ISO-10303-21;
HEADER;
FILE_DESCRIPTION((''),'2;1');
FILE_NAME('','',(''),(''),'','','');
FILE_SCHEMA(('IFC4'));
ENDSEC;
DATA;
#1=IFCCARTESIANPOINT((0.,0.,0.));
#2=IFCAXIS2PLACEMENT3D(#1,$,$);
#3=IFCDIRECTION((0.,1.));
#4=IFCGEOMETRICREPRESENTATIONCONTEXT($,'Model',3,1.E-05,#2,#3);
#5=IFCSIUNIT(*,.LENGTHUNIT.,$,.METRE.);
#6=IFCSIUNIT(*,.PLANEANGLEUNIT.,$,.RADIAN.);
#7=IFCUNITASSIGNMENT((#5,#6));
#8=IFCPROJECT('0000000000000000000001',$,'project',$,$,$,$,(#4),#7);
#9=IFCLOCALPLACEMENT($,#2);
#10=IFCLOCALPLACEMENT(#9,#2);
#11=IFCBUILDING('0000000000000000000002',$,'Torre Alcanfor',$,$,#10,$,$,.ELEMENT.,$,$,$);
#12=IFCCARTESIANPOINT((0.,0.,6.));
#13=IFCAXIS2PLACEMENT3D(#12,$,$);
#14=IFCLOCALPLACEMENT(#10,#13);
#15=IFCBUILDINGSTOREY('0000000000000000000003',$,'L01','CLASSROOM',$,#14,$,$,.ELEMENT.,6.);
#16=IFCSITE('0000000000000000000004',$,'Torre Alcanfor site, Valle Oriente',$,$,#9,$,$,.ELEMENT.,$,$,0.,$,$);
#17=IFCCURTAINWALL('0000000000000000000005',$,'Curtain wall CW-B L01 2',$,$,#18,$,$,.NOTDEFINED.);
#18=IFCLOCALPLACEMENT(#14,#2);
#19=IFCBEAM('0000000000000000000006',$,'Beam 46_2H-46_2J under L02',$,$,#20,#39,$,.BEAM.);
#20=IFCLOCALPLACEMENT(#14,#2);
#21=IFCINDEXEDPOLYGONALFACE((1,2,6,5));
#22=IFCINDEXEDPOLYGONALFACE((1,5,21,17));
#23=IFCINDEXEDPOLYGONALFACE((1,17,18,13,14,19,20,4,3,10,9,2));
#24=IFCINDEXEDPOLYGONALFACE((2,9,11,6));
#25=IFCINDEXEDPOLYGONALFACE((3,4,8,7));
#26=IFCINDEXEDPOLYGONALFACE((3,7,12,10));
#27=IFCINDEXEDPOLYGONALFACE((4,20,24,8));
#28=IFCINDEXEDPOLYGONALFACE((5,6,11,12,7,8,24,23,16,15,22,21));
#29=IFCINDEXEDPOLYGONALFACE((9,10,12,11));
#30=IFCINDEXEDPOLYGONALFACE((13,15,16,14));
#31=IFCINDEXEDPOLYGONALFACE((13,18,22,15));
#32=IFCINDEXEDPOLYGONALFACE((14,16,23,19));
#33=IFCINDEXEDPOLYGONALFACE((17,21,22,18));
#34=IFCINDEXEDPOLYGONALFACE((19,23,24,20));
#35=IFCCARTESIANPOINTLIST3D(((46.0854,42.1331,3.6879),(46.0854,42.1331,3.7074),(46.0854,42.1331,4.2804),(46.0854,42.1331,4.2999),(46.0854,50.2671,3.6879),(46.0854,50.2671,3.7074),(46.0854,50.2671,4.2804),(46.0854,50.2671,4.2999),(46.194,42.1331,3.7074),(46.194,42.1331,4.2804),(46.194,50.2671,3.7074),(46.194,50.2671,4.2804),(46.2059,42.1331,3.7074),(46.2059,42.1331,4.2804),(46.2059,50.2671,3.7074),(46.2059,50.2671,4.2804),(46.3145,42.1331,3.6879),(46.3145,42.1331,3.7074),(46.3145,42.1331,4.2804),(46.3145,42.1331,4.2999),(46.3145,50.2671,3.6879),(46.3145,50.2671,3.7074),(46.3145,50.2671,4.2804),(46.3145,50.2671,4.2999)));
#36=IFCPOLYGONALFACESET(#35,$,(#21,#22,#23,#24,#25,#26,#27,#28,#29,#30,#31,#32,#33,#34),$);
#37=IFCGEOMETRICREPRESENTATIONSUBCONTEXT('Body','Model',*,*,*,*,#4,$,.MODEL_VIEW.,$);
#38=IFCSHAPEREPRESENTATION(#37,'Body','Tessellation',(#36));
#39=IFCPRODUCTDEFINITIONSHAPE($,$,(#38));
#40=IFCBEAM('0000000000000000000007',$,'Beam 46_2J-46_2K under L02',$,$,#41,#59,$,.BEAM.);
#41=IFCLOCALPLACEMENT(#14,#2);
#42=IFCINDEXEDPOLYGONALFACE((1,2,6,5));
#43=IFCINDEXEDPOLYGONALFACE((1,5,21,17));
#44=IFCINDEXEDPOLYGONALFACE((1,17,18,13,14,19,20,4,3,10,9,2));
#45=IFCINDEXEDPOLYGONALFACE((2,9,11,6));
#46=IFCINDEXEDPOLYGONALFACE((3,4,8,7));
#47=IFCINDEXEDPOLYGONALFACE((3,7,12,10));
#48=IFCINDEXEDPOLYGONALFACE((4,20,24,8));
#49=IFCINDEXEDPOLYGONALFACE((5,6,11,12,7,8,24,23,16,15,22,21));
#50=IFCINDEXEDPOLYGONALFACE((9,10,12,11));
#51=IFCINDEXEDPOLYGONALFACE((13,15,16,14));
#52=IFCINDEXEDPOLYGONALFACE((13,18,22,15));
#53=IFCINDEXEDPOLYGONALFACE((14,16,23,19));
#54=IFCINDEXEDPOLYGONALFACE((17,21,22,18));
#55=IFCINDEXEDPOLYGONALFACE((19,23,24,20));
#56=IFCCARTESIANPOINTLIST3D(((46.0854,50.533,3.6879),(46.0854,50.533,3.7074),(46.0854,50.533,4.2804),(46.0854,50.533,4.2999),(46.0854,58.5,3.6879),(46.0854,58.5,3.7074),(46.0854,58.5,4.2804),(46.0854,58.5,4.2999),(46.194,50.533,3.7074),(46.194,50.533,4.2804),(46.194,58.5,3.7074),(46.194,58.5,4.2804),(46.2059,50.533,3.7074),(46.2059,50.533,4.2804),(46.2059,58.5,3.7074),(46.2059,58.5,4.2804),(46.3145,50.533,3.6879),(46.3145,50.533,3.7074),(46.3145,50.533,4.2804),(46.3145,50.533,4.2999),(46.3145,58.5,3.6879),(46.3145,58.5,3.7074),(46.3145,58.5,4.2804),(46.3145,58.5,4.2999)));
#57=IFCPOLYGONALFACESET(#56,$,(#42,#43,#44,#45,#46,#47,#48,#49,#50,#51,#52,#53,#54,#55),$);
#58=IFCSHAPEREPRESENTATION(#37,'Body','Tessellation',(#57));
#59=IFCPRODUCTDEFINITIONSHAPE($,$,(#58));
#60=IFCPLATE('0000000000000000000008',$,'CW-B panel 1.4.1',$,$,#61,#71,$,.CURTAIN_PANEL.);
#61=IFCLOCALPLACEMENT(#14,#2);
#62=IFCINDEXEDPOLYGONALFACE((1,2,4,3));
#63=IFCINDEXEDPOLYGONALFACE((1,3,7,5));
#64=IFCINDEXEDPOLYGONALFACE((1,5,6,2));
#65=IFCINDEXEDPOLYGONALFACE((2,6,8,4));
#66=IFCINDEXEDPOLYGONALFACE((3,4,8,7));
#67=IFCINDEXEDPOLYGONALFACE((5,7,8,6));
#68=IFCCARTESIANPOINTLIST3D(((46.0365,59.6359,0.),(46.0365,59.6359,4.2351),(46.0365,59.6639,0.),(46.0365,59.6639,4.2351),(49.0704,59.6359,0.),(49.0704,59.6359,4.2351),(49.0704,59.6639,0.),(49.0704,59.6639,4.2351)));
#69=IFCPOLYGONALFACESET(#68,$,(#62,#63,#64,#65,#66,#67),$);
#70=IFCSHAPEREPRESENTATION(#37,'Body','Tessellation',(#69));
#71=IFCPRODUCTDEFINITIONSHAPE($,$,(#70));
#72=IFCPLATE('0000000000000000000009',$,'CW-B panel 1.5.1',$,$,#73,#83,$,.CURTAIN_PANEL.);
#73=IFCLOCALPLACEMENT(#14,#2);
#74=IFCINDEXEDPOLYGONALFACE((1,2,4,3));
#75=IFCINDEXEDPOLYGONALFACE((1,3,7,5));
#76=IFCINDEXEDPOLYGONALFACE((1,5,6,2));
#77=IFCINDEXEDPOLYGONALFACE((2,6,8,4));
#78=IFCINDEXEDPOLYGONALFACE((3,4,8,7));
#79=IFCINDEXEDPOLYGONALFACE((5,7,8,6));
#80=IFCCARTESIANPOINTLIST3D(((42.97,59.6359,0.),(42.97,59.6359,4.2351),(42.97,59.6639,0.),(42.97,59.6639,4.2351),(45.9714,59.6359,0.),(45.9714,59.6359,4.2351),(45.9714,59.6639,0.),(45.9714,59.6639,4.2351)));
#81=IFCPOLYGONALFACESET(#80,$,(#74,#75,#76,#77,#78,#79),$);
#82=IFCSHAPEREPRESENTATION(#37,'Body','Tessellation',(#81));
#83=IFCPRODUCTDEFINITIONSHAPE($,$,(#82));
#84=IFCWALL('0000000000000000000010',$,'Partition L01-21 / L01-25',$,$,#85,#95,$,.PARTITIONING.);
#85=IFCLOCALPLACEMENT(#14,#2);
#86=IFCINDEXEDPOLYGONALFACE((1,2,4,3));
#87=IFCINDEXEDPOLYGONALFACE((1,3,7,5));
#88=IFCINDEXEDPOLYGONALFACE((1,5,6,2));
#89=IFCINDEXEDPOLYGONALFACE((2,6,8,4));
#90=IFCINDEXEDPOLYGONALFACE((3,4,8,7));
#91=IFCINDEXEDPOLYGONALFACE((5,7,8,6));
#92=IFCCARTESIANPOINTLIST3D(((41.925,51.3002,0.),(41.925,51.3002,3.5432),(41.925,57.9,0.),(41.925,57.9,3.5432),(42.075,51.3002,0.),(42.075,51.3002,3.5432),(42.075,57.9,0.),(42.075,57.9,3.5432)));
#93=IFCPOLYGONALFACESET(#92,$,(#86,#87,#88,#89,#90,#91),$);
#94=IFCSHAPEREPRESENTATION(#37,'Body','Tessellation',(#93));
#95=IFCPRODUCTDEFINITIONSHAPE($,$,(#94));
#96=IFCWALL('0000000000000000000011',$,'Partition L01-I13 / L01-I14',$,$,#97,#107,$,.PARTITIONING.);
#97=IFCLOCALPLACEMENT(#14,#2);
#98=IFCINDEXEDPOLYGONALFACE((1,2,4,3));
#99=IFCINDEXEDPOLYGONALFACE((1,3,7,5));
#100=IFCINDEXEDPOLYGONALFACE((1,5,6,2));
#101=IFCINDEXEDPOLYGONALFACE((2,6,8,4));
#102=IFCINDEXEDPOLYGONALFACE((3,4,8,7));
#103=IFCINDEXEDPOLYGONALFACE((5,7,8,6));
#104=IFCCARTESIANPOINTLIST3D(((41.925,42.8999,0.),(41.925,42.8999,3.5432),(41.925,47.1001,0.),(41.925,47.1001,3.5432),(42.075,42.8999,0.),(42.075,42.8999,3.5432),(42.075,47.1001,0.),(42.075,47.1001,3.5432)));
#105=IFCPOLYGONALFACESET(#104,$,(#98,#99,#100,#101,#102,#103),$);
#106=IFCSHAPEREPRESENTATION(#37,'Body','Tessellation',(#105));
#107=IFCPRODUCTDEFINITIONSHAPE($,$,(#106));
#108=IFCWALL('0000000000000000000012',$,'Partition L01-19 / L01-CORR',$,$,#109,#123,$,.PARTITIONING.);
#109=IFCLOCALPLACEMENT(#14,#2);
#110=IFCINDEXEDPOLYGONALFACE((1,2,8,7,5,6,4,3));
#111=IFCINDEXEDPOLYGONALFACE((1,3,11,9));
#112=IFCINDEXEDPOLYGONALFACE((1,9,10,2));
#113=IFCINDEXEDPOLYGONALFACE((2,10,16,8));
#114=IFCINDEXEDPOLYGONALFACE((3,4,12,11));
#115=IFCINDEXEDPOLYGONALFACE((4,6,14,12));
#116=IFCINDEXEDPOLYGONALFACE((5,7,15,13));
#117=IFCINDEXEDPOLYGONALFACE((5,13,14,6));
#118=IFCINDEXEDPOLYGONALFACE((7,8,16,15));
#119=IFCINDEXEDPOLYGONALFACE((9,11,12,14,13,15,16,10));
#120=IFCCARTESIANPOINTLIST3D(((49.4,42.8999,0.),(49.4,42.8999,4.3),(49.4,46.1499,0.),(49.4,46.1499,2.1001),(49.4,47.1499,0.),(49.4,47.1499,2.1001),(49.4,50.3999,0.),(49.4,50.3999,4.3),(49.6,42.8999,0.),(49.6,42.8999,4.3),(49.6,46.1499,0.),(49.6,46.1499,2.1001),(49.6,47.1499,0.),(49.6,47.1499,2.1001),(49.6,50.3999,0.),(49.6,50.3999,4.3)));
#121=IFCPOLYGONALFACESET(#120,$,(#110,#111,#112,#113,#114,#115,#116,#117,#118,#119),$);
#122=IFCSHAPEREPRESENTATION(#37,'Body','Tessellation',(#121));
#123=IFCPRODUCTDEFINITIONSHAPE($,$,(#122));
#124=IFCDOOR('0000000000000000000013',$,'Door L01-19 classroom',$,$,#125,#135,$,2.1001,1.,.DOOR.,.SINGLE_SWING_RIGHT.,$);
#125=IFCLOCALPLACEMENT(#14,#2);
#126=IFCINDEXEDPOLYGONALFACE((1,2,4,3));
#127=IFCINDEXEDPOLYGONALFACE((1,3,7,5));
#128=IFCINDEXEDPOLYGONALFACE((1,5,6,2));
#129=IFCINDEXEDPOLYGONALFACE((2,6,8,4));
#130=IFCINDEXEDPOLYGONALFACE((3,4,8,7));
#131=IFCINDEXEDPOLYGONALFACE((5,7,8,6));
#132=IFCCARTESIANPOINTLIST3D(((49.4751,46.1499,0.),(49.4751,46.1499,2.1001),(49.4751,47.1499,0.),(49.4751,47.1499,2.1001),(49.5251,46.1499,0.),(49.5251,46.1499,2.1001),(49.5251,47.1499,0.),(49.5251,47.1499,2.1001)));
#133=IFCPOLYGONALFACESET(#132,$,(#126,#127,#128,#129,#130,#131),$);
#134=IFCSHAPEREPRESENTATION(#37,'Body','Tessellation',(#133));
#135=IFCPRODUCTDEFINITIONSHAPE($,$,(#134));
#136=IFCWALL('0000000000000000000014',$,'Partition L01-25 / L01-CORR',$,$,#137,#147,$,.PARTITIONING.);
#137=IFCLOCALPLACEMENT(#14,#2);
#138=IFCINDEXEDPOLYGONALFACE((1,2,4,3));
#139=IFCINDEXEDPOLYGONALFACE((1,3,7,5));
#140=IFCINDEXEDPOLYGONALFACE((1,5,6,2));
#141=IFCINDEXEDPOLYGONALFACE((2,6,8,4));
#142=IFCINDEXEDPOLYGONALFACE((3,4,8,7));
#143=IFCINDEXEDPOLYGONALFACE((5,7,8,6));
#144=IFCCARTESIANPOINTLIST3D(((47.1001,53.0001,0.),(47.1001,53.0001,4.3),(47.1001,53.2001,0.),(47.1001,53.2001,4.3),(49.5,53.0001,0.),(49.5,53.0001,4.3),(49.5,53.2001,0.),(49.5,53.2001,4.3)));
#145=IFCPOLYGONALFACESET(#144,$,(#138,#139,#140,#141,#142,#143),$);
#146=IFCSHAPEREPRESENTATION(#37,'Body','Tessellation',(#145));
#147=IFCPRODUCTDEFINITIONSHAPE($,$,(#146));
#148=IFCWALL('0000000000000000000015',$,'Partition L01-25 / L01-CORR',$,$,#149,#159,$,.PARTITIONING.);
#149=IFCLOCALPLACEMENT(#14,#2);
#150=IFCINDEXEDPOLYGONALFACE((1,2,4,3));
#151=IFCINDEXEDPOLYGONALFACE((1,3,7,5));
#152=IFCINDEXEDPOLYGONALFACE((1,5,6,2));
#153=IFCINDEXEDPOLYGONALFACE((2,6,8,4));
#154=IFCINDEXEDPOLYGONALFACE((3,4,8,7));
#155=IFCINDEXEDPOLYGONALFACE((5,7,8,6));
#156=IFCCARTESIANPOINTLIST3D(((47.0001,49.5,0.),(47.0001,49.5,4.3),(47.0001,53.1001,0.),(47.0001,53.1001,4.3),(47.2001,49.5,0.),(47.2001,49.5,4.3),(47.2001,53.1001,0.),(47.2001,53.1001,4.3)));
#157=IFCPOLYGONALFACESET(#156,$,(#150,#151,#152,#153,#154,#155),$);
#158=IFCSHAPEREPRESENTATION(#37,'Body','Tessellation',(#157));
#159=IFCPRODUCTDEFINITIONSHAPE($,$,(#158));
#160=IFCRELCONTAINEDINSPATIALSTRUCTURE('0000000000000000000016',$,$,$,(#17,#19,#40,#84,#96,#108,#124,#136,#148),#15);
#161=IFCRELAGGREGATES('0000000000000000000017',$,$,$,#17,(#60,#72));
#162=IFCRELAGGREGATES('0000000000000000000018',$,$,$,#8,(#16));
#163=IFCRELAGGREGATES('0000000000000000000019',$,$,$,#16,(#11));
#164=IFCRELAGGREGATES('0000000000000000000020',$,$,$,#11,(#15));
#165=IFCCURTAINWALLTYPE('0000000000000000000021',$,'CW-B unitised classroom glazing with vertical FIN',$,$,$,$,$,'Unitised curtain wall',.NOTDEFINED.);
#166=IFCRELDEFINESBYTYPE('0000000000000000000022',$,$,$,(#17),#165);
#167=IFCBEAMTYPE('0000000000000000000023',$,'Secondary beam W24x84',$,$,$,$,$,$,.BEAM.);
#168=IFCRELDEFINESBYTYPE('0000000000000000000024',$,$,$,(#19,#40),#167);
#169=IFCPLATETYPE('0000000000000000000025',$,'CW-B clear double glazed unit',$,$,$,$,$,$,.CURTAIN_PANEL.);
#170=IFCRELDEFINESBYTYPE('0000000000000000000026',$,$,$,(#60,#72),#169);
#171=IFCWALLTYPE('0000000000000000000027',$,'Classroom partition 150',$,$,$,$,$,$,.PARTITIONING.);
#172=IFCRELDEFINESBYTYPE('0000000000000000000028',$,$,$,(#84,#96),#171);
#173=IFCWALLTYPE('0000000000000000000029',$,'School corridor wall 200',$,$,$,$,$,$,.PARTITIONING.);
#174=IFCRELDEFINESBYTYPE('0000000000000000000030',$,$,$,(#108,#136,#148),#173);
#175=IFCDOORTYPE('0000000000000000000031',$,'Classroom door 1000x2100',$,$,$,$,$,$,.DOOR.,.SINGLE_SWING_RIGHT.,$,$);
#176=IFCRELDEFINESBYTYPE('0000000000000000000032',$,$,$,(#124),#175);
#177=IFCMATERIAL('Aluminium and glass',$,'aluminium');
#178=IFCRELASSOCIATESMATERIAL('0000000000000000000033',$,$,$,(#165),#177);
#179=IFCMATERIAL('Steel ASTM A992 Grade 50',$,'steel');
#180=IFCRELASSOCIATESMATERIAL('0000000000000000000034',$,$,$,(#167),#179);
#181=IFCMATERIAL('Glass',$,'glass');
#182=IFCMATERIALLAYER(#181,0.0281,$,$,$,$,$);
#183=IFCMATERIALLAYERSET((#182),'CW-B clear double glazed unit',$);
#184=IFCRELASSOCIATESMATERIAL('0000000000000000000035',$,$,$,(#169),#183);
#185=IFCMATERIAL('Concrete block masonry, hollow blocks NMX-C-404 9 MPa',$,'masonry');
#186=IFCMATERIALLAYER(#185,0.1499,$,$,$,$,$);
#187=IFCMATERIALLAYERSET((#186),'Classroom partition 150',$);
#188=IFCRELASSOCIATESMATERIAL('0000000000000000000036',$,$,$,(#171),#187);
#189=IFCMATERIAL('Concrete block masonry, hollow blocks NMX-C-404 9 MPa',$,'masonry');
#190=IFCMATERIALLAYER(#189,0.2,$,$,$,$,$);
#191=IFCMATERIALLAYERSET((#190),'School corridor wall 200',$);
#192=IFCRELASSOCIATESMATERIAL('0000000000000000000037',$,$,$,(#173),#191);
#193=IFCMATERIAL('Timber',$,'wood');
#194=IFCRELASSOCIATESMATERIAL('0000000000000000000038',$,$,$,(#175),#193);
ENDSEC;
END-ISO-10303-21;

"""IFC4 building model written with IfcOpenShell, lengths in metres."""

from ifc_helpers import new_model, si_unit, direction, frame, frame_2d, origin, origin_2d, place, context, subcontext, project, spatial, rectangle, i_section, extrude, material, layer, layer_set, material_profile, profile_set, type_object, element, fill, aggregate, save


model = new_model("IFC4")

# Units and contexts
model_context = context("Model", 3, precision=1e-05, world=origin(), true_north=direction((0.0, 1.0)))
body_context = subcontext(model_context, "Body", "Model", "MODEL_VIEW")
ifc_project = project(units=[si_unit("LENGTHUNIT", "METRE"), si_unit("PLANEANGLEUNIT", "RADIAN")], contexts=[model_context])

# Site, building, storey
site_placement = place(None, origin())
site = spatial("IfcSite", under=ifc_project, at=site_placement, Name="Torre Alcanfor site, Valle Oriente", CompositionType="ELEMENT", RefElevation=0.0)
building_placement = place(site_placement, origin())
building = spatial("IfcBuilding", under=site, at=building_placement, Name="Torre Alcanfor", CompositionType="ELEMENT")
storey_placement = place(building_placement, frame((0.0, 0.0, 6.0)))
storey = spatial("IfcBuildingStorey", under=building, at=storey_placement, Name="L01", Description="CLASSROOM", CompositionType="ELEMENT", Elevation=6.0)

# Curtain wall
ifc_material_1 = material(Name="Aluminium and glass", Category="aluminium")
curtain_wall_type = type_object("IfcCurtainWallType", Name="CW-B unitised classroom glazing with vertical FIN", ElementType="Unitised curtain wall", PredefinedType="NOTDEFINED", material=ifc_material_1)
curtain_wall_placement = place(storey_placement, origin())
curtain_wall = element("IfcCurtainWall", 1, at=curtain_wall_placement, inside=storey, type_object=curtain_wall_type, Name="Curtain wall CW-B L01 2", PredefinedType="NOTDEFINED")

# Beams
ifc_material_2 = material(Name="Steel ASTM A992 Grade 50", Category="steel")
ifc_material_profile_1 = material_profile(ifc_material_2, i_section(OverallWidth=0.229, OverallDepth=0.6121, WebThickness=0.012, FlangeThickness=0.0195, at=origin_2d()), Name="W24x84")
ifc_profile_set_1 = profile_set([ifc_material_profile_1], Name="Steel ASTM A992 Grade 50")
beam_type_1 = type_object("IfcBeamType", Name="Secondary beam W24x84", PredefinedType="BEAM", material=ifc_profile_set_1)
beam_1_placement = place(storey_placement, frame((46.2, 42.1331, 3.9939), z_axis=(0.0, 1.0, 0.0), x_axis=(-1.0, 0.0, 0.0)))
element("IfcBeam", 2, at=beam_1_placement, inside=storey, type_object=beam_type_1, Name="Beam 46_2H-46_2J under L02", PredefinedType="BEAM", context=body_context, shape_type="SweptSolid", body=[
    extrude(i_section(OverallWidth=0.229, OverallDepth=0.6121, WebThickness=0.012, FlangeThickness=0.0195, at=origin_2d()), origin(), (0.0, 0.0, 1.0), 8.134),
])
beam_2_placement = place(storey_placement, frame((46.2, 50.533, 3.9939), z_axis=(0.0, 1.0, 0.0), x_axis=(-1.0, 0.0, 0.0)))
element("IfcBeam", 3, at=beam_2_placement, inside=storey, type_object=beam_type_1, Name="Beam 46_2J-46_2K under L02", PredefinedType="BEAM", context=body_context, shape_type="SweptSolid", body=[
    extrude(i_section(OverallWidth=0.229, OverallDepth=0.6121, WebThickness=0.012, FlangeThickness=0.0195, at=origin_2d()), origin(), (0.0, 0.0, 1.0), 7.967),
])

# Plates
ifc_material_3 = material(Name="Glass", Category="glass")
ifc_layer_1 = layer(ifc_material_3, 0.0281)
ifc_layer_set_1 = layer_set([ifc_layer_1], Name="CW-B clear double glazed unit")
plate_type = type_object("IfcPlateType", Name="CW-B clear double glazed unit", PredefinedType="CURTAIN_PANEL", material=ifc_layer_set_1)
plate_1_placement = place(storey_placement, frame((47.5535, 59.6499, 0.0), z_axis=(0.0, 0.0, 1.0), x_axis=(-1.0, 0.0, 0.0)))
plate_1 = element("IfcPlate", 4, at=plate_1_placement, type_object=plate_type, Name="CW-B panel 1.4.1", PredefinedType="CURTAIN_PANEL", context=body_context, shape_type="SweptSolid", body=[
    extrude(rectangle(XDim=3.0339, YDim=0.0281, at=origin_2d()), origin(), (0.0, 0.0, 1.0), 4.2351),
])
plate_2_placement = place(storey_placement, frame((44.4707, 59.6499, 0.0), z_axis=(0.0, 0.0, 1.0), x_axis=(-1.0, 0.0, 0.0)))
plate_2 = element("IfcPlate", 5, at=plate_2_placement, type_object=plate_type, Name="CW-B panel 1.5.1", PredefinedType="CURTAIN_PANEL", context=body_context, shape_type="SweptSolid", body=[
    extrude(rectangle(XDim=3.0015, YDim=0.0281, at=origin_2d()), origin(), (0.0, 0.0, 1.0), 4.2351),
])
aggregate(curtain_wall, [plate_1, plate_2])

# Walls
ifc_material_4 = material(Name="Concrete block masonry, hollow blocks NMX-C-404 9 MPa", Category="masonry")
ifc_layer_2 = layer(ifc_material_4, 0.1499)
ifc_layer_set_2 = layer_set([ifc_layer_2], Name="Classroom partition 150")
wall_type_1 = type_object("IfcWallType", Name="Classroom partition 150", PredefinedType="PARTITIONING", material=ifc_layer_set_2)
wall_1_placement = place(storey_placement, frame((42.0, 57.8999, 0.0), z_axis=(0.0, 0.0, 1.0), x_axis=(0.0, -1.0, 0.0)))
element("IfcWall", 6, at=wall_1_placement, inside=storey, type_object=wall_type_1, Name="Partition L01-21 / L01-25", PredefinedType="PARTITIONING", context=body_context, shape_type="SweptSolid", body=[
    extrude(rectangle(XDim=6.5999, YDim=0.1499, at=frame_2d((3.2998, 0.0))), origin(), (0.0, 0.0, 1.0), 3.5432),
])
wall_2_placement = place(storey_placement, frame((42.0, 47.1001, 0.0), z_axis=(0.0, 0.0, 1.0), x_axis=(0.0, -1.0, 0.0)))
element("IfcWall", 7, at=wall_2_placement, inside=storey, type_object=wall_type_1, Name="Partition L01-I13 / L01-I14", PredefinedType="PARTITIONING", context=body_context, shape_type="SweptSolid", body=[
    extrude(rectangle(XDim=4.2002, YDim=0.1499, at=frame_2d((2.1001, 0.0))), origin(), (0.0, 0.0, 1.0), 3.5432),
])

# Wall, opening, door
ifc_material_5 = material(Name="Concrete block masonry, hollow blocks NMX-C-404 9 MPa", Category="masonry")
ifc_layer_3 = layer(ifc_material_5, 0.2)
ifc_layer_set_3 = layer_set([ifc_layer_3], Name="School corridor wall 200")
wall_type_2 = type_object("IfcWallType", Name="School corridor wall 200", PredefinedType="PARTITIONING", material=ifc_layer_set_3)
wall_3_placement = place(storey_placement, frame((49.5, 42.8999, 0.0), z_axis=(0.0, 0.0, 1.0), x_axis=(0.0, 1.0, 0.0)))
wall_3 = element("IfcWall", 8, at=wall_3_placement, inside=storey, type_object=wall_type_2, Name="Partition L01-19 / L01-CORR", PredefinedType="PARTITIONING", context=body_context, shape_type="SweptSolid", body=[
    extrude(rectangle(XDim=7.5, YDim=0.2, at=frame_2d((3.75, 0.0))), origin(), (0.0, 0.0, 1.0), 4.3),
])
opening_1_placement = place(wall_3_placement, frame((3.25, 0.0, 0.0)))
opening_1 = element("IfcOpeningElement", 9, at=opening_1_placement, cuts=wall_3, PredefinedType="OPENING", context=body_context, shape_type="SweptSolid", body=[
    extrude(rectangle(XDim=1.0, YDim=2.1001, at=frame_2d((0.5, 1.05))), frame((0.0, 0.1099, 0.0), z_axis=(0.0, -1.0, 0.0), x_axis=(1.0, 0.0, 0.0)), (0.0, 0.0, 1.0), 0.22),
])
ifc_material_6 = material(Name="Timber", Category="wood")
door_type_1 = type_object("IfcDoorType", Name="Classroom door 1000x2100", OperationType="SINGLE_SWING_RIGHT", PredefinedType="DOOR", material=ifc_material_6)
door_1_placement = place(opening_1_placement, frame((1.0, 0.0, 0.0), z_axis=(0.0, 0.0, 1.0), x_axis=(-1.0, 0.0, 0.0)))
door_1 = element("IfcDoor", 10, at=door_1_placement, inside=storey, type_object=door_type_1, Name="Door L01-19 classroom", OperationType="SINGLE_SWING_RIGHT", OverallHeight=2.1001, OverallWidth=1.0, PredefinedType="DOOR", context=body_context, shape_type="SweptSolid", body=[
    extrude(rectangle(XDim=1.0, YDim=2.1001, at=frame_2d((0.5, 1.05))), frame((0.0, 0.0251, 0.0), z_axis=(0.0, -1.0, 0.0), x_axis=(1.0, 0.0, 0.0)), (0.0, 0.0, 1.0), 0.05),
])
fill(opening_1, door_1)

# Walls
wall_4_placement = place(storey_placement, frame((49.5, 53.1001, 0.0), z_axis=(0.0, 0.0, 1.0), x_axis=(-1.0, 0.0, 0.0)))
element("IfcWall", 11, at=wall_4_placement, inside=storey, type_object=wall_type_2, Name="Partition L01-25 / L01-CORR", PredefinedType="PARTITIONING", context=body_context, shape_type="SweptSolid", body=[
    extrude(rectangle(XDim=2.3999, YDim=0.2, at=frame_2d((1.2, 0.0))), origin(), (0.0, 0.0, 1.0), 4.3),
])
wall_5_placement = place(storey_placement, frame((47.1001, 53.1001, 0.0), z_axis=(0.0, 0.0, 1.0), x_axis=(0.0, -1.0, 0.0)))
element("IfcWall", 12, at=wall_5_placement, inside=storey, type_object=wall_type_2, Name="Partition L01-25 / L01-CORR", PredefinedType="PARTITIONING", context=body_context, shape_type="SweptSolid", body=[
    extrude(rectangle(XDim=3.6001, YDim=0.2, at=frame_2d((1.8, 0.0))), origin(), (0.0, 0.0, 1.0), 4.3),
])

save(model, "model.ifc")
